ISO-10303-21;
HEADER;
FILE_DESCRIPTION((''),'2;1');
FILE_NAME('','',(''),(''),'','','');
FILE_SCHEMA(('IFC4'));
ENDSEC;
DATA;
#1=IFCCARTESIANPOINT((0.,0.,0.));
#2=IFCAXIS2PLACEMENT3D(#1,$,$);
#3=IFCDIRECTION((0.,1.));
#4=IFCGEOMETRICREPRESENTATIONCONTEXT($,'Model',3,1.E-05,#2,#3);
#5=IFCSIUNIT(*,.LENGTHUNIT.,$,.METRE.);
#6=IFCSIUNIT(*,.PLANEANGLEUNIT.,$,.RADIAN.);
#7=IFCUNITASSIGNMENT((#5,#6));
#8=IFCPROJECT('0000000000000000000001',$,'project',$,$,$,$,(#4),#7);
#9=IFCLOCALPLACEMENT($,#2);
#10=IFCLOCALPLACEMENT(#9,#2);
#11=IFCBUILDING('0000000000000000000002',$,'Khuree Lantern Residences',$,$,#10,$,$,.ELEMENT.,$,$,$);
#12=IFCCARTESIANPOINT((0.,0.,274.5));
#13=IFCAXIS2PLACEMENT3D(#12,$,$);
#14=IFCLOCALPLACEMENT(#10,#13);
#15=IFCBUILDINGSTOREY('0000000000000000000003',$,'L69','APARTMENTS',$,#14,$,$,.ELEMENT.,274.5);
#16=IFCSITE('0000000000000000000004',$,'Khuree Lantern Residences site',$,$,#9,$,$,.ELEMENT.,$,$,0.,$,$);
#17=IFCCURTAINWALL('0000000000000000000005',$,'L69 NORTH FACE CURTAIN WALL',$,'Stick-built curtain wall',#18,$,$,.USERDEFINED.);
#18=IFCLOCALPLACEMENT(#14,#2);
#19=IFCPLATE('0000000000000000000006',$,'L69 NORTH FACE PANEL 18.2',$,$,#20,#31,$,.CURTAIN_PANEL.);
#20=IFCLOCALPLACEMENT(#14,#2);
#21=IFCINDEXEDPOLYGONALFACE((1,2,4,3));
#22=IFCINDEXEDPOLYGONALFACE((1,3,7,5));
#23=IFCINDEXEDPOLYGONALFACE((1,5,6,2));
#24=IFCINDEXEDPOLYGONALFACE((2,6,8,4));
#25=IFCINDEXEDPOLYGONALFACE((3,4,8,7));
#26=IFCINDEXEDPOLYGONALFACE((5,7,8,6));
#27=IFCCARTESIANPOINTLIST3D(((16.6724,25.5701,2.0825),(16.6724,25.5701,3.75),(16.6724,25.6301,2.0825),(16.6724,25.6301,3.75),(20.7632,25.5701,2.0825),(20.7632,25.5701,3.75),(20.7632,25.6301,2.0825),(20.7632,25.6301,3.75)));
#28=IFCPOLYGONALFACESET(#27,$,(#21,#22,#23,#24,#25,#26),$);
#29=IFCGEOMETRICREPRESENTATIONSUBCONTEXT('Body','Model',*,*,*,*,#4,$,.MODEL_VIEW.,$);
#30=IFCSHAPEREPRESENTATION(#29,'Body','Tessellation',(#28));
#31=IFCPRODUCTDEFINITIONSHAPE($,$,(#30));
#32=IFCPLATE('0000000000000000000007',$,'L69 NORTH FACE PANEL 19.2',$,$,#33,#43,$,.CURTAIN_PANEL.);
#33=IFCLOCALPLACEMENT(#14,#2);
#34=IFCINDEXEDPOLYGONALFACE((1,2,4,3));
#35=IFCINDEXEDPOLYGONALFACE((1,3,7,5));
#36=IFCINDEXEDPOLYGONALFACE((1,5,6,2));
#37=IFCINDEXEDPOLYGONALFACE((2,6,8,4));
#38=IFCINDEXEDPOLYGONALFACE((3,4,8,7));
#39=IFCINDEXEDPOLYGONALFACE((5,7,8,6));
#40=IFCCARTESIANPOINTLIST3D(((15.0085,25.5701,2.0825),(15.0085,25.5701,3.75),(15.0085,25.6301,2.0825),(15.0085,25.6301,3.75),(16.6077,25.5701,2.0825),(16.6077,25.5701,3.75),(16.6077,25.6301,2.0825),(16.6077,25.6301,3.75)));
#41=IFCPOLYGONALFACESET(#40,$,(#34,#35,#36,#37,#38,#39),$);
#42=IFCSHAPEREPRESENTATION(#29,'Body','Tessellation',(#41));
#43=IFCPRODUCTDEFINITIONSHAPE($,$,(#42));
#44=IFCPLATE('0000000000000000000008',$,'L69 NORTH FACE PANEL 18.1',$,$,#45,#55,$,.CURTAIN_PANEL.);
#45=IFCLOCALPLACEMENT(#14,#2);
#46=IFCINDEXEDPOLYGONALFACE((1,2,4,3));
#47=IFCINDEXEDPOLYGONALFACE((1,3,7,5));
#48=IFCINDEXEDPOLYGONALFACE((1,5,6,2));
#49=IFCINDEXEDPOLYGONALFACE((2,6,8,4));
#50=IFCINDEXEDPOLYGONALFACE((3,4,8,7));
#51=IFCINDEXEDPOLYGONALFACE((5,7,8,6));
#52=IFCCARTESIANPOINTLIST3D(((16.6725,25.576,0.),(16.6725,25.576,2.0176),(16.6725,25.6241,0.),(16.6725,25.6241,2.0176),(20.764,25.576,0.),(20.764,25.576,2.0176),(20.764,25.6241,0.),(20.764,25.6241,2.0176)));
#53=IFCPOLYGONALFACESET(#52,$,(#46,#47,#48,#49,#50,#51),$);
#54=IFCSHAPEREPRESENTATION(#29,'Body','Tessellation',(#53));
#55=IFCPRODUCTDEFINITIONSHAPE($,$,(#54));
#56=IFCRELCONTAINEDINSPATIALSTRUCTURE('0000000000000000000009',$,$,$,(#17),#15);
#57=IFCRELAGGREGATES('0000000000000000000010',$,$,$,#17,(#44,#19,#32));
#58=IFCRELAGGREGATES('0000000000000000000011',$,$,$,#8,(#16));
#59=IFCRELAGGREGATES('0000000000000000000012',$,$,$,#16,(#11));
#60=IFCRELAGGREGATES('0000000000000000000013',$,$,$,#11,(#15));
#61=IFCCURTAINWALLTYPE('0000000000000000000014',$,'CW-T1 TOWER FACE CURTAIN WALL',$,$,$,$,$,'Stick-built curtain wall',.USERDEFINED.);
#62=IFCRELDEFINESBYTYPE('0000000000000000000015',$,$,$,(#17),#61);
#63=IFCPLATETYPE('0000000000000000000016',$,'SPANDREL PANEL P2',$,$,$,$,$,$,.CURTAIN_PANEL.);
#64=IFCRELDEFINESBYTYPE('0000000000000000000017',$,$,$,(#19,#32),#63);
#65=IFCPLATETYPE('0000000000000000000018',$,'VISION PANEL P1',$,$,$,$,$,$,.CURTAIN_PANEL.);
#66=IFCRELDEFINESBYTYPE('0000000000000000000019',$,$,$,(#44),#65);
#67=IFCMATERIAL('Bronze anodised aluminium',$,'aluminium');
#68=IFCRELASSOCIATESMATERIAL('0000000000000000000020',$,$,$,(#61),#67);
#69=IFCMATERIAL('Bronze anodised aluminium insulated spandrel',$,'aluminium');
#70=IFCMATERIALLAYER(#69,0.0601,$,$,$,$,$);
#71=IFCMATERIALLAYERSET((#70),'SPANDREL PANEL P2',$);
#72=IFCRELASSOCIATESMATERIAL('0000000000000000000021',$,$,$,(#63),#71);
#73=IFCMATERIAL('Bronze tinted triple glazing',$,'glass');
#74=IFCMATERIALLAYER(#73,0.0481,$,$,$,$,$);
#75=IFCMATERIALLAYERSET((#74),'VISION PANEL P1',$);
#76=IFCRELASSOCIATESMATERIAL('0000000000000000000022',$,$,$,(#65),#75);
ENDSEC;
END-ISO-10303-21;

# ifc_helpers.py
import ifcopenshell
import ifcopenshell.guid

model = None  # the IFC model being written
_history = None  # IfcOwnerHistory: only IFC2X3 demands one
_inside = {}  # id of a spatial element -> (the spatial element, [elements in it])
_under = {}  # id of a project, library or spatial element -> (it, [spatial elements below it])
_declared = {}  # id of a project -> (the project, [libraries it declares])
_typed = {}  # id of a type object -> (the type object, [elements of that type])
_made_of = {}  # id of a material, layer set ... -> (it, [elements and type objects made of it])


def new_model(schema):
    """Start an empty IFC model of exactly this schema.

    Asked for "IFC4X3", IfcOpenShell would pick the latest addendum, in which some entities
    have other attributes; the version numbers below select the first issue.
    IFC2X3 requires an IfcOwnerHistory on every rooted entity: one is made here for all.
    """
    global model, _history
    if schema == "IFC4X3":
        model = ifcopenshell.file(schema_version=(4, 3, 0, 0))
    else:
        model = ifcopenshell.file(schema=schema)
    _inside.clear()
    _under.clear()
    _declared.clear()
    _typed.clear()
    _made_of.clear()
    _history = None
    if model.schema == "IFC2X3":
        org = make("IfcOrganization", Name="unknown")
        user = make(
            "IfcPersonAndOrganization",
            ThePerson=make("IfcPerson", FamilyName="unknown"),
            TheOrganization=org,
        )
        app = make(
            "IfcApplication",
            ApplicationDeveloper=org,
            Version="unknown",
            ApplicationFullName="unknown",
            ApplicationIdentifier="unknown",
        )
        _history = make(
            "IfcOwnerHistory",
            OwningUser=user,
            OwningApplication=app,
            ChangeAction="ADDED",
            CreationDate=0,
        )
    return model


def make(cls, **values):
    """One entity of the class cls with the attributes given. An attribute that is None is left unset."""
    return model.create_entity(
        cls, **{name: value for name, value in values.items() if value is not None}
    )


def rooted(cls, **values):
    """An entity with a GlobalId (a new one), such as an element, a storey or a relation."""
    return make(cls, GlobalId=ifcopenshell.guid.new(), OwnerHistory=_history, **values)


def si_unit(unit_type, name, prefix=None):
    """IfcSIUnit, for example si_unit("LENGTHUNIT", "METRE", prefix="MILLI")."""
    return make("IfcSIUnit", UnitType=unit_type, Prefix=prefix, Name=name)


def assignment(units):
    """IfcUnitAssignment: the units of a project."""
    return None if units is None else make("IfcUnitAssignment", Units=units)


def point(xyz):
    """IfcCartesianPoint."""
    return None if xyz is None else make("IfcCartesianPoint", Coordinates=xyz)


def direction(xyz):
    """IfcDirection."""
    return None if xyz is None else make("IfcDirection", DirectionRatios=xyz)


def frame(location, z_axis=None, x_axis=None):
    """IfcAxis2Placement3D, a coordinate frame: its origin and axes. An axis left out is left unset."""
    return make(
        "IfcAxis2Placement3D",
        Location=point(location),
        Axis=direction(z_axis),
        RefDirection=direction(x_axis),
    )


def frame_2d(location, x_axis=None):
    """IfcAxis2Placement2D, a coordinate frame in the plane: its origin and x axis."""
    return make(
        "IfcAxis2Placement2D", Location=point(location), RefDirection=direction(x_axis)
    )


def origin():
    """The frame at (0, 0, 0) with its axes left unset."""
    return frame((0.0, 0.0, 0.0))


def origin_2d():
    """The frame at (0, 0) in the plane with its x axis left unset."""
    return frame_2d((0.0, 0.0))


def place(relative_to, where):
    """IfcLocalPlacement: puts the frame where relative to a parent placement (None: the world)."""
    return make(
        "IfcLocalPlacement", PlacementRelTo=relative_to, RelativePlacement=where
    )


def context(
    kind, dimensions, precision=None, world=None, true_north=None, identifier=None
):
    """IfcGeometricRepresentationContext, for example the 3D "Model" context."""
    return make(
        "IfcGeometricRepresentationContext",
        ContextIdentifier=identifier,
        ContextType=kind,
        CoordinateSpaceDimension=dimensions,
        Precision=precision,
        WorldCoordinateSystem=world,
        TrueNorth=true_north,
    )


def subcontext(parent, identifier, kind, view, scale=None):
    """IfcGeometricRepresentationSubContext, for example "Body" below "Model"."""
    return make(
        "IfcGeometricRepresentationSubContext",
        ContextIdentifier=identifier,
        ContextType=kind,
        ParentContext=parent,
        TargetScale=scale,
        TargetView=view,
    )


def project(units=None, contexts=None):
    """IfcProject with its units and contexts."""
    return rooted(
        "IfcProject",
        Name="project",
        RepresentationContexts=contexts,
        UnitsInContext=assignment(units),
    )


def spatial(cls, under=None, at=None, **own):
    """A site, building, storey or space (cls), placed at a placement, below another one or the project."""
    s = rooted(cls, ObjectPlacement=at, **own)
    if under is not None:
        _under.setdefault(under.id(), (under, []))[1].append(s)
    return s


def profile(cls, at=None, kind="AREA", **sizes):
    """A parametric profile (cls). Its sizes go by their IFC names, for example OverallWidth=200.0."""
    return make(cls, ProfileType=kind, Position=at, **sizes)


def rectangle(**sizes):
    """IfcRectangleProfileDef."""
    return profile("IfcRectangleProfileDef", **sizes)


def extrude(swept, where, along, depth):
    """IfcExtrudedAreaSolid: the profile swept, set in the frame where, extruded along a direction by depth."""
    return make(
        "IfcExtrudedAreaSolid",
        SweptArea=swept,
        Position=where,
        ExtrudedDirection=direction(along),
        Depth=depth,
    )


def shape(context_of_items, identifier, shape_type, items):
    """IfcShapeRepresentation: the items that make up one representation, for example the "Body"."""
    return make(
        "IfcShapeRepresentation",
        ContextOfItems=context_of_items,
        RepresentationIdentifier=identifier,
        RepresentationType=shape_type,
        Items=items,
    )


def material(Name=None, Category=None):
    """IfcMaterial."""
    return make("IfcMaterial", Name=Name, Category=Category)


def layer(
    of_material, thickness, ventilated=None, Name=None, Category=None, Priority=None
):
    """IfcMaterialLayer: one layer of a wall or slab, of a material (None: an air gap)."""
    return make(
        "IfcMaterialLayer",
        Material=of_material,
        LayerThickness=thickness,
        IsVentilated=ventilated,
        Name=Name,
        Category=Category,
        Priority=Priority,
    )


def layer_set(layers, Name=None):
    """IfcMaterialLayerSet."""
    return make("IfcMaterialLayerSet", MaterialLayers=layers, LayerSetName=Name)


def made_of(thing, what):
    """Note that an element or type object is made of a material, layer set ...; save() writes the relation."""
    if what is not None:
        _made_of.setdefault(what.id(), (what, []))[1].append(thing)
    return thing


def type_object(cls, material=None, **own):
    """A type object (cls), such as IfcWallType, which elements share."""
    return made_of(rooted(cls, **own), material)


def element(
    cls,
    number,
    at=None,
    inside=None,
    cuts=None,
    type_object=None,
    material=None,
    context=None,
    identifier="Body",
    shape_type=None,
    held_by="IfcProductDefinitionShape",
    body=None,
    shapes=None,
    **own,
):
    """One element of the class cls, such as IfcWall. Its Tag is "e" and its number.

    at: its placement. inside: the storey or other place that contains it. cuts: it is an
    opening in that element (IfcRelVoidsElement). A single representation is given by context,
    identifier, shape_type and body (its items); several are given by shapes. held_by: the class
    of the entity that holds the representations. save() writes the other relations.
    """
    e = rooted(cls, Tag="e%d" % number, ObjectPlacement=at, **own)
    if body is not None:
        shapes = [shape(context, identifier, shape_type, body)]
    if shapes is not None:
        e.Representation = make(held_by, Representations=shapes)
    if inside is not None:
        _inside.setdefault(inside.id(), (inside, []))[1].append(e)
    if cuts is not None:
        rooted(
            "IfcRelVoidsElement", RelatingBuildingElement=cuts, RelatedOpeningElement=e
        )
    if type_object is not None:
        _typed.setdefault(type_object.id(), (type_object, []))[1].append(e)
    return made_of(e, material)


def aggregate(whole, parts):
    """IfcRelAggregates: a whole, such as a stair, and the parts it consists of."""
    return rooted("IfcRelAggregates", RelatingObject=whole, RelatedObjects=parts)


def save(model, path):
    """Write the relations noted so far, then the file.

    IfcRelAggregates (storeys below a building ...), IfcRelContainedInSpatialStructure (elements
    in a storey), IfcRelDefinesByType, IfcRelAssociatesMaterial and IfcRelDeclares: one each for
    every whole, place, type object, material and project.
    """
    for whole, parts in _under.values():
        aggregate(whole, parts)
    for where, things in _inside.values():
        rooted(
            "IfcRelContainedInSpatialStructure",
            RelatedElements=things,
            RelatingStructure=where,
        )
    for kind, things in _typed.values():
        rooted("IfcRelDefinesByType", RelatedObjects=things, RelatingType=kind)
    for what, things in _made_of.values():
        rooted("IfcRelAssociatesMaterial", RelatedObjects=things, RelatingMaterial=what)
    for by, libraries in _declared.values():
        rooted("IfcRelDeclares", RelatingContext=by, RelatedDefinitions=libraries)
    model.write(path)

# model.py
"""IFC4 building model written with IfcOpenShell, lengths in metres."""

from ifc_helpers import new_model, si_unit, direction, frame, origin, origin_2d, place, context, subcontext, project, spatial, rectangle, extrude, material, layer, layer_set, type_object, element, aggregate, save


model = new_model("IFC4")

# Units and contexts
model_context = context("Model", 3, precision=1e-05, world=origin(), true_north=direction((0.0, 1.0)))
body_context = subcontext(model_context, "Body", "Model", "MODEL_VIEW")
ifc_project = project(units=[si_unit("LENGTHUNIT", "METRE"), si_unit("PLANEANGLEUNIT", "RADIAN")], contexts=[model_context])

# Site, building, storey
site_placement = place(None, origin())
site = spatial("IfcSite", under=ifc_project, at=site_placement, Name="Khuree Lantern Residences site", CompositionType="ELEMENT", RefElevation=0.0)
building_placement = place(site_placement, origin())
building = spatial("IfcBuilding", under=site, at=building_placement, Name="Khuree Lantern Residences", CompositionType="ELEMENT")
storey_placement = place(building_placement, frame((0.0, 0.0, 274.5)))
storey = spatial("IfcBuildingStorey", under=building, at=storey_placement, Name="L69", Description="APARTMENTS", CompositionType="ELEMENT", Elevation=274.5)

# Curtain wall
ifc_material_1 = material(Name="Bronze anodised aluminium", Category="aluminium")
curtain_wall_type_1 = type_object("IfcCurtainWallType", Name="CW-T1 TOWER FACE CURTAIN WALL", ElementType="Stick-built curtain wall", PredefinedType="USERDEFINED", material=ifc_material_1)
curtain_wall_1_placement = place(storey_placement, origin())
curtain_wall_1 = element("IfcCurtainWall", 1, at=curtain_wall_1_placement, inside=storey, type_object=curtain_wall_type_1, Name="L69 NORTH FACE CURTAIN WALL", ObjectType="Stick-built curtain wall", PredefinedType="USERDEFINED")

# Plates
ifc_material_2 = material(Name="Bronze tinted triple glazing", Category="glass")
ifc_material_3 = material(Name="Bronze anodised aluminium insulated spandrel", Category="aluminium")
ifc_layer_1 = layer(ifc_material_3, 0.0601)
ifc_layer_set_1 = layer_set([ifc_layer_1], Name="SPANDREL PANEL P2")
plate_type_1 = type_object("IfcPlateType", Name="SPANDREL PANEL P2", PredefinedType="CURTAIN_PANEL", material=ifc_layer_set_1)
plate_1_placement = place(storey_placement, frame((18.7178, 25.6001, 2.0825), z_axis=(0.0, 0.0, 1.0), x_axis=(-1.0, 0.0, 0.0)))
plate_1 = element("IfcPlate", 2, at=plate_1_placement, type_object=plate_type_1, Name="L69 NORTH FACE PANEL 18.2", PredefinedType="CURTAIN_PANEL", context=body_context, shape_type="SweptSolid", body=[
    extrude(rectangle(XDim=4.0908, YDim=0.0601, at=origin_2d()), origin(), (0.0, 0.0, 1.0), 1.6675),
])
plate_2_placement = place(storey_placement, frame((15.8081, 25.6001, 2.0825), z_axis=(0.0, 0.0, 1.0), x_axis=(-1.0, 0.0, 0.0)))
plate_2 = element("IfcPlate", 3, at=plate_2_placement, type_object=plate_type_1, Name="L69 NORTH FACE PANEL 19.2", PredefinedType="CURTAIN_PANEL", context=body_context, shape_type="SweptSolid", body=[
    extrude(rectangle(XDim=1.5991, YDim=0.0601, at=origin_2d()), origin(), (0.0, 0.0, 1.0), 1.6675),
])
ifc_layer_2 = layer(ifc_material_2, 0.0481)
ifc_layer_set_2 = layer_set([ifc_layer_2], Name="VISION PANEL P1")
plate_type_2 = type_object("IfcPlateType", Name="VISION PANEL P1", PredefinedType="CURTAIN_PANEL", material=ifc_layer_set_2)
plate_3_placement = place(storey_placement, frame((18.7183, 25.6001, 0.0), z_axis=(0.0, 0.0, 1.0), x_axis=(-1.0, 0.0, 0.0)))
plate_3 = element("IfcPlate", 4, at=plate_3_placement, type_object=plate_type_2, Name="L69 NORTH FACE PANEL 18.1", PredefinedType="CURTAIN_PANEL", context=body_context, shape_type="SweptSolid", body=[
    extrude(rectangle(XDim=4.0916, YDim=0.0481, at=origin_2d()), origin(), (0.0, 0.0, 1.0), 2.0176),
])
aggregate(curtain_wall_1, [plate_3, plate_1, plate_2])

save(model, "model.ifc")
